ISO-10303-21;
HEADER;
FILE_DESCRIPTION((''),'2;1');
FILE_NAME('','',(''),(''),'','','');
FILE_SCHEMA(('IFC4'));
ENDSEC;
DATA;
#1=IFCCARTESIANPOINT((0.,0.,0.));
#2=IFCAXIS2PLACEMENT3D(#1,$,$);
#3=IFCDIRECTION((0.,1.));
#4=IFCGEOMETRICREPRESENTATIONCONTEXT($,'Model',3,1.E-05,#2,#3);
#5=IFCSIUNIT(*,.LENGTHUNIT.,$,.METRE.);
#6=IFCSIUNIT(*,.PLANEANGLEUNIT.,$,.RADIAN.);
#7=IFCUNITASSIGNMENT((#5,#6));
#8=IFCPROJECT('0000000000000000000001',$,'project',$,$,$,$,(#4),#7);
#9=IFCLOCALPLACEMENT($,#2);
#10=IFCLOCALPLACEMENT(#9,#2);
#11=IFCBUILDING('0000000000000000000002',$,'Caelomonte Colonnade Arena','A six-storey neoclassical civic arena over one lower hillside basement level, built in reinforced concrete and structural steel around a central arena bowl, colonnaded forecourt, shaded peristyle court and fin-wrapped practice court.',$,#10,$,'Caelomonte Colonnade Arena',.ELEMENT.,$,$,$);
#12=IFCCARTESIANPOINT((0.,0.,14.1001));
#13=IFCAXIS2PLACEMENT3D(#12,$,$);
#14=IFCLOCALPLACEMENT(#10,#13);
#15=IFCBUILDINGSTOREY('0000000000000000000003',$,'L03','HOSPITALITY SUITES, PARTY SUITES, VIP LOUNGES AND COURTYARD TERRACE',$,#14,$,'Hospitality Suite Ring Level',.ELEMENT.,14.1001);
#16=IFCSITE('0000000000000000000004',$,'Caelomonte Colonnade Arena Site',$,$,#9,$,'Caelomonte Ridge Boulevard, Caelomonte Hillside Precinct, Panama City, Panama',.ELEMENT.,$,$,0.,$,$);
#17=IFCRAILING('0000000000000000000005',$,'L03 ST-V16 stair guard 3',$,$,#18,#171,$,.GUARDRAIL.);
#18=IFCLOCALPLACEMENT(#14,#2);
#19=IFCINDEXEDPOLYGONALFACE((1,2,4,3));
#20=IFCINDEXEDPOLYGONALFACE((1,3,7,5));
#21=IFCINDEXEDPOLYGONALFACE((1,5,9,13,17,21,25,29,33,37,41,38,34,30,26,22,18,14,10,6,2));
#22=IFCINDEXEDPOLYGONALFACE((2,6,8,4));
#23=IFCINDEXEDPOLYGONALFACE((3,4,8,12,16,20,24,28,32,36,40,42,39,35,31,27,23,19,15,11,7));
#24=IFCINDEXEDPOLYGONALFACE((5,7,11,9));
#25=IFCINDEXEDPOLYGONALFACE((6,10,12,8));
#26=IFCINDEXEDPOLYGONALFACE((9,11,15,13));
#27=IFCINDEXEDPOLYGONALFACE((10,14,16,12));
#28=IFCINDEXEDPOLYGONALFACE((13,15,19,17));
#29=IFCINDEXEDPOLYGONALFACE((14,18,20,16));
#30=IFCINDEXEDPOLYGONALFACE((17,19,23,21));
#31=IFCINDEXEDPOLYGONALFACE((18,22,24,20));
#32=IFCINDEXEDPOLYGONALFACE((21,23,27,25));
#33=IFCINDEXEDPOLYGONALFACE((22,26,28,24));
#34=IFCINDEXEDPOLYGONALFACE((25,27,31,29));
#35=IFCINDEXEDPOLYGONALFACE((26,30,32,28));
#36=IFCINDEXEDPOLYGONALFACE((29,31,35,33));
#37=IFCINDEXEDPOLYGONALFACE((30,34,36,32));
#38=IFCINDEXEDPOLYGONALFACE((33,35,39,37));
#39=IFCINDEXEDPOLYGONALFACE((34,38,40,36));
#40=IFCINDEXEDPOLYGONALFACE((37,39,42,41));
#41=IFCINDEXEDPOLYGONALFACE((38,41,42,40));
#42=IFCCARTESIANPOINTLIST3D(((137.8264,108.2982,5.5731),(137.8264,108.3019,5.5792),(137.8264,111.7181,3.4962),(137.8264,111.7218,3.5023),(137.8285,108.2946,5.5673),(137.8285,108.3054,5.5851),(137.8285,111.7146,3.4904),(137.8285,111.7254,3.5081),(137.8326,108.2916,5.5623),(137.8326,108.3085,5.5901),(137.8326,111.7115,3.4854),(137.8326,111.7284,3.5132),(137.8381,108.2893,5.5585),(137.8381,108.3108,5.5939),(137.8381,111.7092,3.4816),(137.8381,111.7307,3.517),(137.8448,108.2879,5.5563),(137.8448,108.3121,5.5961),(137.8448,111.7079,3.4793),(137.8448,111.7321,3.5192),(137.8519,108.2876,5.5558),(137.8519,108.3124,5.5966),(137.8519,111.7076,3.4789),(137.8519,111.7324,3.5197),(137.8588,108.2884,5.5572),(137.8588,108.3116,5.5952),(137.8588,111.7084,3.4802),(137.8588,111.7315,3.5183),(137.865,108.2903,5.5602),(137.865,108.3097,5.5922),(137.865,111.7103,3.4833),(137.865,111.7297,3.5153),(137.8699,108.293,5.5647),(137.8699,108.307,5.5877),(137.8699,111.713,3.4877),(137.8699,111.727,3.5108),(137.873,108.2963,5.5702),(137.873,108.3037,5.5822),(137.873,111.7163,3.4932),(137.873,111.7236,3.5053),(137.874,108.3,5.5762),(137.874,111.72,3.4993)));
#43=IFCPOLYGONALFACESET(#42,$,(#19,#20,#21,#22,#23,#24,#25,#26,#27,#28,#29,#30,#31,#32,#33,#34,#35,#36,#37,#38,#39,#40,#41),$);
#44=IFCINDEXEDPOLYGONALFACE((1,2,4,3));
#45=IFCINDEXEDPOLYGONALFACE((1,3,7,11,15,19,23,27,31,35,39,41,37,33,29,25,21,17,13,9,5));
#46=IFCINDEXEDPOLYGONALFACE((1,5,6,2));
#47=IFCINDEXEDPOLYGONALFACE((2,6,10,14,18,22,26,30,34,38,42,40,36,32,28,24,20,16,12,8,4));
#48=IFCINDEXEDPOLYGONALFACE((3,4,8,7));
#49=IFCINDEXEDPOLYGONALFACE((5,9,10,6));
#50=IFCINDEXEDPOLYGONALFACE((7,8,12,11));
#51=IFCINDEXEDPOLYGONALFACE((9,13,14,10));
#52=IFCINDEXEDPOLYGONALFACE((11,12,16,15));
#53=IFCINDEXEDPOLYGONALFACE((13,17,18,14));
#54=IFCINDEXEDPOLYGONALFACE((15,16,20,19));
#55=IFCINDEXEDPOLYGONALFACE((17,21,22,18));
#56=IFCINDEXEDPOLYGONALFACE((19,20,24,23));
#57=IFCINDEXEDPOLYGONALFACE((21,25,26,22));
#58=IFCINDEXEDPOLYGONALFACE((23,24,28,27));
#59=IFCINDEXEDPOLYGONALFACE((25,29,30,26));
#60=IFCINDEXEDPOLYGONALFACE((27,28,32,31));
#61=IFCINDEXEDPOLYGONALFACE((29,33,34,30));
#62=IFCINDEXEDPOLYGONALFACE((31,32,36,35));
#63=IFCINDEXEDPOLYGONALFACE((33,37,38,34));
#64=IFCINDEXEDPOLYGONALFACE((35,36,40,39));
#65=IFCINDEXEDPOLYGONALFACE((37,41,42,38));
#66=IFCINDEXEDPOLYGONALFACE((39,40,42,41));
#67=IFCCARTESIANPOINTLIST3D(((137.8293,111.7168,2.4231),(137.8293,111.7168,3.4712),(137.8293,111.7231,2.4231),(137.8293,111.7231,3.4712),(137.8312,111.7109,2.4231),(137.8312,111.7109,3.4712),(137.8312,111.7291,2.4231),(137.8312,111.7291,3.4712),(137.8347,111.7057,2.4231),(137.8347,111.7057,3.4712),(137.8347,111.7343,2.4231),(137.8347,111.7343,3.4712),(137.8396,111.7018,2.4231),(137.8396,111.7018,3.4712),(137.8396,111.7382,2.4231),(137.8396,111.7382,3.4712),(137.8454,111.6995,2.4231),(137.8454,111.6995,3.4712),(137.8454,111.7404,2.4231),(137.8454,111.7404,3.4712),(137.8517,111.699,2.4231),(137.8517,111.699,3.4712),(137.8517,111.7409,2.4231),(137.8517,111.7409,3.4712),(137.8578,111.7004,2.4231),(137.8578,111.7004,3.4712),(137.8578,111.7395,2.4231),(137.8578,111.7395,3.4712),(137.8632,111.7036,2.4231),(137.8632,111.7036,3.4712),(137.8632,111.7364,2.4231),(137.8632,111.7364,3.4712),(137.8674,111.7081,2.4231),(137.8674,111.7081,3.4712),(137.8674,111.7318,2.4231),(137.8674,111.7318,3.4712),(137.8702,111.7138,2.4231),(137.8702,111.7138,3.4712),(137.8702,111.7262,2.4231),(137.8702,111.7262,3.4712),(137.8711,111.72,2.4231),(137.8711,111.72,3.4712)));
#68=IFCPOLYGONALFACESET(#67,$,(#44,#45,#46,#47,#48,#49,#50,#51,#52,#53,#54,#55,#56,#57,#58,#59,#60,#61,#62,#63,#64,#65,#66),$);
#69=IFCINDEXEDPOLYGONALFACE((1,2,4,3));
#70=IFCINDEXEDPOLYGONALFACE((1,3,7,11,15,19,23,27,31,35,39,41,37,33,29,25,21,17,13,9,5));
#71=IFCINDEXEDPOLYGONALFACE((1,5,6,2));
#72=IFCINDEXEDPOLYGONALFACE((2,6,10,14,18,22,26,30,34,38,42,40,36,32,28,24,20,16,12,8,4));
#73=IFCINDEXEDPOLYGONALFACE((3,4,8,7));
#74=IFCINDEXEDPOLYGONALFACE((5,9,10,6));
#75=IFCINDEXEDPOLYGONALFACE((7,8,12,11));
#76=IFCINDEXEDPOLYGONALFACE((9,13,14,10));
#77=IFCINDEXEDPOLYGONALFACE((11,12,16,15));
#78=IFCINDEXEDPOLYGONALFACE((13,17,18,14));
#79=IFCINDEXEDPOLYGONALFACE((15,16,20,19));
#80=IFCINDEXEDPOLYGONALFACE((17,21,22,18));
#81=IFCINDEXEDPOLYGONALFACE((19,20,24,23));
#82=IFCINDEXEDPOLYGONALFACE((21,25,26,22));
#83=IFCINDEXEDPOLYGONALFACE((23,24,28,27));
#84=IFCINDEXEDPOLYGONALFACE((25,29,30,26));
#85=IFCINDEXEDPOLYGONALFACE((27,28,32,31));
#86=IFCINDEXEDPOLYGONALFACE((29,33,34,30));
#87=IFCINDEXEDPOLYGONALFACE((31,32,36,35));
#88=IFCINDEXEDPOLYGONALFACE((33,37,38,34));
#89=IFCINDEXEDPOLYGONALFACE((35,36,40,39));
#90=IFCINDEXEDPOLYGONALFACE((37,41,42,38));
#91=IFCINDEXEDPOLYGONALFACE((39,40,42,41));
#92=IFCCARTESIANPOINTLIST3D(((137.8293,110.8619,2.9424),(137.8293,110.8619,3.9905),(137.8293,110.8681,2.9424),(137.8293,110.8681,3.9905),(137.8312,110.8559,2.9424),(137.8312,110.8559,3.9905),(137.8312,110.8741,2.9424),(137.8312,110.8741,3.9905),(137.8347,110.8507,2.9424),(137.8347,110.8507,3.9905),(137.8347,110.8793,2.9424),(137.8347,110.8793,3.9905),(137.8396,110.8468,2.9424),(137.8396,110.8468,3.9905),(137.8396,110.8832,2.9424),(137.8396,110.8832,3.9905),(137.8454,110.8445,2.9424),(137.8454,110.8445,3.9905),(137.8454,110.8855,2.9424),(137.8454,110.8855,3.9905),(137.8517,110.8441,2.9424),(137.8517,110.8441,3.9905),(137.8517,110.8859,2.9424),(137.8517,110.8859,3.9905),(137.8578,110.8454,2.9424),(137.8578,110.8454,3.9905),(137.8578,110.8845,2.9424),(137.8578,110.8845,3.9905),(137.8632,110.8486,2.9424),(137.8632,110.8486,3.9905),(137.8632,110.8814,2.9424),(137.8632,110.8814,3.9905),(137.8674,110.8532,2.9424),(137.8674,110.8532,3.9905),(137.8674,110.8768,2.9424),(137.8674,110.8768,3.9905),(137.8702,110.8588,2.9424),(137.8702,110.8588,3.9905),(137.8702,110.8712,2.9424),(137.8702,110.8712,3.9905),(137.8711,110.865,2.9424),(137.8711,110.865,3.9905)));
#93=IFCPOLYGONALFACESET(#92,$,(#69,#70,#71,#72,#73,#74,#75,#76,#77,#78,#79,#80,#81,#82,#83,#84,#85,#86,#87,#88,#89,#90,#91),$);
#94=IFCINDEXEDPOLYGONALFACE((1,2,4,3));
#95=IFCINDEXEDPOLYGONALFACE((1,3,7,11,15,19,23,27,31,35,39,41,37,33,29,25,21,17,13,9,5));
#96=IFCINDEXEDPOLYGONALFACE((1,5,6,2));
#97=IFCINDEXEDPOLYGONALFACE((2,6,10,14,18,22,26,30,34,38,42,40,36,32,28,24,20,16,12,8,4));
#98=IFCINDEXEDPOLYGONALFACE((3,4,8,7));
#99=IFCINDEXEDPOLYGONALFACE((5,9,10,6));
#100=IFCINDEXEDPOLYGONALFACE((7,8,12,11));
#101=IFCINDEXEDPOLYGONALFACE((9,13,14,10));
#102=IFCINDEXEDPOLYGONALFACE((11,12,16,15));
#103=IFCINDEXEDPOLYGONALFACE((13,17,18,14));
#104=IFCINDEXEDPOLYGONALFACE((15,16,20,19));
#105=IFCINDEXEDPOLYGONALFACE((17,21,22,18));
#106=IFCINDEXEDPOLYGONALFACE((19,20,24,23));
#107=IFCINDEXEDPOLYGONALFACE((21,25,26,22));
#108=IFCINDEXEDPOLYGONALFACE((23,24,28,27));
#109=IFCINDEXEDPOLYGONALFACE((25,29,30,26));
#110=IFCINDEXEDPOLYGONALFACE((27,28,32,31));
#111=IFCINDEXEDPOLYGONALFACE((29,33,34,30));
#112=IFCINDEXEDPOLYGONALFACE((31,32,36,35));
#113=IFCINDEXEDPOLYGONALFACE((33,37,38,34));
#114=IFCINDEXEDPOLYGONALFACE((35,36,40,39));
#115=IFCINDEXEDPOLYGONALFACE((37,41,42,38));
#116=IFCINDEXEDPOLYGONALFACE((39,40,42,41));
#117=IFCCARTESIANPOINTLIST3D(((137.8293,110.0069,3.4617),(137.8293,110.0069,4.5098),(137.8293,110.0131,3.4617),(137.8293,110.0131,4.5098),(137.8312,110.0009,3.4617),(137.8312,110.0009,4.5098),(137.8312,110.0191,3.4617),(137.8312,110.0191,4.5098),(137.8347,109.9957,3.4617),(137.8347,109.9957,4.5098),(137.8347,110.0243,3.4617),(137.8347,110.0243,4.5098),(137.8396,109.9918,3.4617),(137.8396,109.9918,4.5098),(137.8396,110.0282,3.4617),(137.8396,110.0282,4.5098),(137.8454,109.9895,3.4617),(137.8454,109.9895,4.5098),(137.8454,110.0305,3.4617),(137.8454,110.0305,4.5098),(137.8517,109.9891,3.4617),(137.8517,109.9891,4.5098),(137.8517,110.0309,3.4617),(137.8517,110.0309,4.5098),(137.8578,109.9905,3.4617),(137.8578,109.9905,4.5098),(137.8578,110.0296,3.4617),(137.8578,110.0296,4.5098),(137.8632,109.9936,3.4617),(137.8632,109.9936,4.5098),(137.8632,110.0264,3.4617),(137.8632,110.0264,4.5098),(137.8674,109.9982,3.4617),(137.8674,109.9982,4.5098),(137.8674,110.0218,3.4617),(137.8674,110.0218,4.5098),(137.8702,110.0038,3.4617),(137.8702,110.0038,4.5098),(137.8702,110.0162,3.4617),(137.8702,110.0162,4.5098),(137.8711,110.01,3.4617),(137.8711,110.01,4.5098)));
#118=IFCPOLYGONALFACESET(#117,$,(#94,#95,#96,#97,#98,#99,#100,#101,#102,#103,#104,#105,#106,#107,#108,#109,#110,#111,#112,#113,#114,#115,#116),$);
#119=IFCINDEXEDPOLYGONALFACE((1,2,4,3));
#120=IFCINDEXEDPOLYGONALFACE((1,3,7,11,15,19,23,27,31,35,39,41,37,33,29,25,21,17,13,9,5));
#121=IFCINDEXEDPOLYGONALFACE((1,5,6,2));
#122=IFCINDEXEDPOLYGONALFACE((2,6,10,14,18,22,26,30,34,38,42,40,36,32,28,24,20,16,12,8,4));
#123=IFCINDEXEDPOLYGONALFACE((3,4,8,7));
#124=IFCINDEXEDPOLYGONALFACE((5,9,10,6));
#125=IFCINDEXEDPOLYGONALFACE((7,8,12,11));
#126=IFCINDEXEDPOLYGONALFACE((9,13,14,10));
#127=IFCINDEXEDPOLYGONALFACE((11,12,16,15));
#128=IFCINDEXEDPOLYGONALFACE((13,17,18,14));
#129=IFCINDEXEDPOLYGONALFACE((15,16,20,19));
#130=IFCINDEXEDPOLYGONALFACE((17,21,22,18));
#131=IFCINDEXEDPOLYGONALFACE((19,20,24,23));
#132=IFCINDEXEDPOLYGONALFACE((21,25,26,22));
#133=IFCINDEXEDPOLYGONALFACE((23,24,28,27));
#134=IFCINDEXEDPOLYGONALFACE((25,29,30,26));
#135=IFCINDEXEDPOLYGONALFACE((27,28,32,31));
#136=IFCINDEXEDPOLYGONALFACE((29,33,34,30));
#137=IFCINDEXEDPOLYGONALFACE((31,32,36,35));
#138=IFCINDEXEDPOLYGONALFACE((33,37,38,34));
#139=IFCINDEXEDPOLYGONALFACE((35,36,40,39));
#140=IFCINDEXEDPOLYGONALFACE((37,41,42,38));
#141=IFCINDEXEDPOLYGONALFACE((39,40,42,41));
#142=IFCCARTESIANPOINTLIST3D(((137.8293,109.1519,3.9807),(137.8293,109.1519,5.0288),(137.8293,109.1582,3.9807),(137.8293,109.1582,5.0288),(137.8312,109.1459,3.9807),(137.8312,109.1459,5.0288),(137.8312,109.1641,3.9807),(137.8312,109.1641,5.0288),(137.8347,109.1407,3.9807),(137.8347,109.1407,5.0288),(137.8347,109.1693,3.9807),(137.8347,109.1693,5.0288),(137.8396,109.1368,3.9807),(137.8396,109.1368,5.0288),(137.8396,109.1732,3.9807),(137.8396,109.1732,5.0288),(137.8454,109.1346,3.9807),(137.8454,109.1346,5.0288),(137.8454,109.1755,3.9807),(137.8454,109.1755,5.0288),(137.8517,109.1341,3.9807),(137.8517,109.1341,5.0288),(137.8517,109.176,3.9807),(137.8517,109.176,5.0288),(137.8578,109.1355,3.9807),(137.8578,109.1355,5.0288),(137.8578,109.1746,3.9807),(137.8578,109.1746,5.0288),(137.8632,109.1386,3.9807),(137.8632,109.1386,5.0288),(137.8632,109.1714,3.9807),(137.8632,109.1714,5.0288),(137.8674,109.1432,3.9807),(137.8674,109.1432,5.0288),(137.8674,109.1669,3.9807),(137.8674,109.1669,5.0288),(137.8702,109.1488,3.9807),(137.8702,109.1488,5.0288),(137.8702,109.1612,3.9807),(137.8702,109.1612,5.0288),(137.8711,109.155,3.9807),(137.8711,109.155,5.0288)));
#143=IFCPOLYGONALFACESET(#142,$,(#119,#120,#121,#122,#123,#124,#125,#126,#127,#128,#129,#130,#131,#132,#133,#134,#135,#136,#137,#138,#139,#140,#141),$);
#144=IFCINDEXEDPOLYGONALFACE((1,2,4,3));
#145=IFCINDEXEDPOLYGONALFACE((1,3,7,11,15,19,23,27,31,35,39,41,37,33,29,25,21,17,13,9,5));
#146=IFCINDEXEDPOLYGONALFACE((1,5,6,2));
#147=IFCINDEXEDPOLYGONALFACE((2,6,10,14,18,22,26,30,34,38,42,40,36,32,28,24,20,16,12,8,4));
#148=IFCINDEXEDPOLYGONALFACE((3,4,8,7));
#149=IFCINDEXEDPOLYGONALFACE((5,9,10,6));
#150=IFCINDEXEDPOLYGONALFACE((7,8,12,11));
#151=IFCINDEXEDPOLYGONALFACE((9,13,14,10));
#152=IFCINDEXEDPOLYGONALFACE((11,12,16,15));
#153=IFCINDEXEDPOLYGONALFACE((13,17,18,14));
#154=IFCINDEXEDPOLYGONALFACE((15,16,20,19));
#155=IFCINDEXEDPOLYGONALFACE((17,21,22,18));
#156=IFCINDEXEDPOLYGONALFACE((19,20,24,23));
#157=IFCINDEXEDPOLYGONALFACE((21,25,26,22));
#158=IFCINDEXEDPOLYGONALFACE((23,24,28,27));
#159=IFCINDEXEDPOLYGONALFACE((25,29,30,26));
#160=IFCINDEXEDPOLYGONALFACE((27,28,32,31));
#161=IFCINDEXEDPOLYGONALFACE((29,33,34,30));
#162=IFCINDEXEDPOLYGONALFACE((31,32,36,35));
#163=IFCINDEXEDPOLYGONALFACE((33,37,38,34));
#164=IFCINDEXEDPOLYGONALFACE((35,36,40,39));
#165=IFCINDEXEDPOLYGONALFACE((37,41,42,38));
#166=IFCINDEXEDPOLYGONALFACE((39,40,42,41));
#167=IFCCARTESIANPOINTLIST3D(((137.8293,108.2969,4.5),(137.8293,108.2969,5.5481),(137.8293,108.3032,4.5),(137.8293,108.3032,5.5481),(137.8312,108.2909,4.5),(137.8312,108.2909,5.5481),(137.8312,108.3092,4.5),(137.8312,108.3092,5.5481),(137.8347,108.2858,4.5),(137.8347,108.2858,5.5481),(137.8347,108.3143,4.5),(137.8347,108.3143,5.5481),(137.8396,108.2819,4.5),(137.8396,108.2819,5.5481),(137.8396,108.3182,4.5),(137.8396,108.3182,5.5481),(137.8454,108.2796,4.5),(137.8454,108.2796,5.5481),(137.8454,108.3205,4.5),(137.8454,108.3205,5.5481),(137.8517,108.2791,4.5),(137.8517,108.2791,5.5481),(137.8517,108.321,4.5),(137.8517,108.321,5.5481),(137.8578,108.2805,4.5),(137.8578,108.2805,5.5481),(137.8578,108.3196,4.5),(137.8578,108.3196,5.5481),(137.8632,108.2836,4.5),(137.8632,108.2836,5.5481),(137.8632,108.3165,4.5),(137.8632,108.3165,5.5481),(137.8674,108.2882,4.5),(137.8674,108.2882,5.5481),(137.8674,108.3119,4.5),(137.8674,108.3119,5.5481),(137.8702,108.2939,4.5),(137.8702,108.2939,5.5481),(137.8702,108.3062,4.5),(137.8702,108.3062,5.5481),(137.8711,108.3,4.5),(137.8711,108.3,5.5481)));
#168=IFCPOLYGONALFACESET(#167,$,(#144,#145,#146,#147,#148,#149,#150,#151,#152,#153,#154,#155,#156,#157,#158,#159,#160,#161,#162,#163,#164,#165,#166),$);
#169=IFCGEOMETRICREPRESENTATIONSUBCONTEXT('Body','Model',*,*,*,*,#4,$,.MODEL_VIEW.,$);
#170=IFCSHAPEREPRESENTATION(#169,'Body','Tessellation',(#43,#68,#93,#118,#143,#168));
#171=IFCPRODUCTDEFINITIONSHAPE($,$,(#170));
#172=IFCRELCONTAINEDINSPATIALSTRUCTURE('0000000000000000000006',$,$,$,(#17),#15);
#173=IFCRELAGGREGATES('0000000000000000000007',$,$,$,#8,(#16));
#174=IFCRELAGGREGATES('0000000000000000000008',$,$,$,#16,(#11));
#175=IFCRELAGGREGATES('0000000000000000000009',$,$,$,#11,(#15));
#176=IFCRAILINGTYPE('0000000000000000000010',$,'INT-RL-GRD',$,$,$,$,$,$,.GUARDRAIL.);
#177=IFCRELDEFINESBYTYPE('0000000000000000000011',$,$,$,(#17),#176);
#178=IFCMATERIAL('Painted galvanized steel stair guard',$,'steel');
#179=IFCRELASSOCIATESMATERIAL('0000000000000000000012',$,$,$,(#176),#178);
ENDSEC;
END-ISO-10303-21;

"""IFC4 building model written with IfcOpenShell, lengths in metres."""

from ifc_helpers import new_model, si_unit, direction, frame, origin, origin_2d, place, context, subcontext, project, spatial, circle, extrude, material, type_object, element, save


model = new_model("IFC4")

# Units and contexts
model_context = context("Model", 3, precision=1e-05, world=origin(), true_north=direction((0.0, 1.0)))
body_context = subcontext(model_context, "Body", "Model", "MODEL_VIEW")
ifc_project = project(units=[si_unit("LENGTHUNIT", "METRE"), si_unit("PLANEANGLEUNIT", "RADIAN")], contexts=[model_context])

# Site, building, storey
site_placement = place(None, origin())
site = spatial("IfcSite", under=ifc_project, at=site_placement, Name="Caelomonte Colonnade Arena Site", LongName="Caelomonte Ridge Boulevard, Caelomonte Hillside Precinct, Panama City, Panama", CompositionType="ELEMENT", RefElevation=0.0)
building_placement = place(site_placement, origin())
building = spatial("IfcBuilding", under=site, at=building_placement, Name="Caelomonte Colonnade Arena", Description="A six-storey neoclassical civic arena over one lower hillside basement level, built in reinforced concrete and structural steel around a central arena bowl, colonnaded forecourt, shaded peristyle court and fin-wrapped practice court.", LongName="Caelomonte Colonnade Arena", CompositionType="ELEMENT")
storey_placement = place(building_placement, frame((0.0, 0.0, 14.1001)))
storey = spatial("IfcBuildingStorey", under=building, at=storey_placement, Name="L03", Description="HOSPITALITY SUITES, PARTY SUITES, VIP LOUNGES AND COURTYARD TERRACE", LongName="Hospitality Suite Ring Level", CompositionType="ELEMENT", Elevation=14.1001)

# Railing
ifc_material_1 = material(Name="Painted galvanized steel stair guard", Category="steel")
railing_type_1 = type_object("IfcRailingType", Name="INT-RL-GRD", PredefinedType="GUARDRAIL", material=ifc_material_1)
railing_1_placement = place(storey_placement, frame((137.8501, 111.72, 2.4231)))
element("IfcRailing", 1, at=railing_1_placement, inside=storey, type_object=railing_type_1, Name="L03 ST-V16 stair guard 3", PredefinedType="GUARDRAIL", context=body_context, shape_type="SweptSolid", body=[
    extrude(circle(Radius=0.0239, at=origin_2d()), frame((0.0, 0.0, 1.0762), z_axis=(0.0, -0.85473, 0.519074), x_axis=(1.0, 0.0, 0.0)), (0.0, 0.0, 1.0), 4.0012),
    extrude(circle(Radius=0.021, at=origin_2d()), origin(), (0.0, 0.0, 1.0), 1.0481),
    extrude(circle(Radius=0.021, at=origin_2d()), frame((0.0, -0.855, 0.5193)), (0.0, 0.0, 1.0), 1.0481),
    extrude(circle(Radius=0.021, at=origin_2d()), frame((0.0, -1.71, 1.0386)), (0.0, 0.0, 1.0), 1.0481),
    extrude(circle(Radius=0.021, at=origin_2d()), frame((0.0, -2.5649, 1.5576)), (0.0, 0.0, 1.0), 1.0481),
    extrude(circle(Radius=0.021, at=origin_2d()), frame((0.0, -3.4199, 2.0769)), (0.0, 0.0, 1.0), 1.0481),
])

save(model, "model.ifc")
